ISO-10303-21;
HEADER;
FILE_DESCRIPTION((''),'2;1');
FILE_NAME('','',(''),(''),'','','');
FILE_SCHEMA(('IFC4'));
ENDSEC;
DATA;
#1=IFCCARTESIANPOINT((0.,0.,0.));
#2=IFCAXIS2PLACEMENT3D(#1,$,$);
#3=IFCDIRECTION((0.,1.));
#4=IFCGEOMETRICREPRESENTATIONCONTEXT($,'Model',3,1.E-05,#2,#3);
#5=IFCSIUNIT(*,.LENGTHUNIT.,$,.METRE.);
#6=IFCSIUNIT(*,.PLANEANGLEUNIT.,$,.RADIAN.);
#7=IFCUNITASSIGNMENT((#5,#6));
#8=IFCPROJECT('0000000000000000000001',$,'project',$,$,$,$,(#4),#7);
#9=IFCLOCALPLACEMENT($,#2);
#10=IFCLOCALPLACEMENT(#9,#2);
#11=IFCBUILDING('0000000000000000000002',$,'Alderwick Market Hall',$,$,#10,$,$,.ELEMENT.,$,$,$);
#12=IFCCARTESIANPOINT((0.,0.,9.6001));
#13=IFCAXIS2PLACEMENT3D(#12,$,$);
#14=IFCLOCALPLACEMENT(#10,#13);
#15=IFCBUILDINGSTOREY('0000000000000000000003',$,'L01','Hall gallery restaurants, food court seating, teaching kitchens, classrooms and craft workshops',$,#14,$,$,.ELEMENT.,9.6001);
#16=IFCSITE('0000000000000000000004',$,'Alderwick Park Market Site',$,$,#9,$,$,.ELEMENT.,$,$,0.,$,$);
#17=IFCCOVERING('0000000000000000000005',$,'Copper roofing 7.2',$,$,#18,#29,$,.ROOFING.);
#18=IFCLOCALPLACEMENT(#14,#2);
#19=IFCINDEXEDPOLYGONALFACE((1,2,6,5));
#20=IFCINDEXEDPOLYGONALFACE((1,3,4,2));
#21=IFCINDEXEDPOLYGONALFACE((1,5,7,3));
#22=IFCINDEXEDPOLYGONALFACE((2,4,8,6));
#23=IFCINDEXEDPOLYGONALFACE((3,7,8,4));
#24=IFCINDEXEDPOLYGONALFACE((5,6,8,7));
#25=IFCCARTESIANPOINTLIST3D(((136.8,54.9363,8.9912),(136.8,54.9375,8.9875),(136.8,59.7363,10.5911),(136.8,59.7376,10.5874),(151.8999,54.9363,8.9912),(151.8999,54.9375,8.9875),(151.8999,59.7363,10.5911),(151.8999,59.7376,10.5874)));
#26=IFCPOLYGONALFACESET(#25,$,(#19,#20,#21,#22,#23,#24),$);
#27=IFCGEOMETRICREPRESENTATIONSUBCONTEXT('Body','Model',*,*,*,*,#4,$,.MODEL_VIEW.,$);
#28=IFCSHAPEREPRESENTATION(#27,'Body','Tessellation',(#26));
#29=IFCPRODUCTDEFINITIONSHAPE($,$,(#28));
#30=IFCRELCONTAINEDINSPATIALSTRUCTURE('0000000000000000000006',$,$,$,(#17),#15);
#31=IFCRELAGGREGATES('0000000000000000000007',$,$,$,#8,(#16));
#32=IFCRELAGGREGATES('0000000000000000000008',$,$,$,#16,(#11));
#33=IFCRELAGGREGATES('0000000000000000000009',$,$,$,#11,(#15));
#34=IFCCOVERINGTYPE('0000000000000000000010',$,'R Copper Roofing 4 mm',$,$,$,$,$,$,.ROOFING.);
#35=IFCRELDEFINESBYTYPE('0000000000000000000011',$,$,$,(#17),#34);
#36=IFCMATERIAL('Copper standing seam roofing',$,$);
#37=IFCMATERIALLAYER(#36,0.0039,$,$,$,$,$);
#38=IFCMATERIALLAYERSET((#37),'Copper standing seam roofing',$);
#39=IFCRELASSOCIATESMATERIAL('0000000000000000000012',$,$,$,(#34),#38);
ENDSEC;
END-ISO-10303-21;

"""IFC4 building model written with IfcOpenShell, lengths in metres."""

from ifc_helpers import new_model, si_unit, direction, frame, origin, place, context, subcontext, project, spatial, polyline, outline, extrude, material, layer, layer_set, type_object, element, save


model = new_model("IFC4")

# Units and contexts
model_context = context("Model", 3, precision=1e-05, world=origin(), true_north=direction((0.0, 1.0)))
body_context = subcontext(model_context, "Body", "Model", "MODEL_VIEW")
ifc_project = project(units=[si_unit("LENGTHUNIT", "METRE"), si_unit("PLANEANGLEUNIT", "RADIAN")], contexts=[model_context])

# Site, building, storey
site_placement = place(None, origin())
site = spatial("IfcSite", under=ifc_project, at=site_placement, Name="Alderwick Park Market Site", CompositionType="ELEMENT", RefElevation=0.0)
building_placement = place(site_placement, origin())
building = spatial("IfcBuilding", under=site, at=building_placement, Name="Alderwick Market Hall", CompositionType="ELEMENT")
storey_placement = place(building_placement, frame((0.0, 0.0, 9.6001)))
storey = spatial("IfcBuildingStorey", under=building, at=storey_placement, Name="L01", Description="Hall gallery restaurants, food court seating, teaching kitchens, classrooms and craft workshops", CompositionType="ELEMENT", Elevation=9.6001)

# Covering
ifc_material_1 = material(Name="Copper standing seam roofing")
ifc_layer_1 = layer(ifc_material_1, 0.0039)
ifc_layer_set_1 = layer_set([ifc_layer_1], Name="Copper standing seam roofing")
covering_type = type_object("IfcCoveringType", Name="R Copper Roofing 4 mm", PredefinedType="ROOFING", material=ifc_layer_set_1)
covering_placement = place(storey_placement, frame((136.8, 54.9363, 8.9912), z_axis=(0.0, -0.316199, 0.948693), x_axis=(1.0, 0.0, 0.0)))
element("IfcCovering", 1, at=covering_placement, inside=storey, type_object=covering_type, Name="Copper roofing 7.2", PredefinedType="ROOFING", context=body_context, shape_type="SweptSolid", body=[
    extrude(outline(polyline([(0.0, 0.0), (15.0999, 0.0), (15.0999, 5.0596), (0.0, 5.0596), (0.0, 0.0)])), origin(), (0.0, 0.0, -1.0), 0.0039),
])

save(model, "model.ifc")
